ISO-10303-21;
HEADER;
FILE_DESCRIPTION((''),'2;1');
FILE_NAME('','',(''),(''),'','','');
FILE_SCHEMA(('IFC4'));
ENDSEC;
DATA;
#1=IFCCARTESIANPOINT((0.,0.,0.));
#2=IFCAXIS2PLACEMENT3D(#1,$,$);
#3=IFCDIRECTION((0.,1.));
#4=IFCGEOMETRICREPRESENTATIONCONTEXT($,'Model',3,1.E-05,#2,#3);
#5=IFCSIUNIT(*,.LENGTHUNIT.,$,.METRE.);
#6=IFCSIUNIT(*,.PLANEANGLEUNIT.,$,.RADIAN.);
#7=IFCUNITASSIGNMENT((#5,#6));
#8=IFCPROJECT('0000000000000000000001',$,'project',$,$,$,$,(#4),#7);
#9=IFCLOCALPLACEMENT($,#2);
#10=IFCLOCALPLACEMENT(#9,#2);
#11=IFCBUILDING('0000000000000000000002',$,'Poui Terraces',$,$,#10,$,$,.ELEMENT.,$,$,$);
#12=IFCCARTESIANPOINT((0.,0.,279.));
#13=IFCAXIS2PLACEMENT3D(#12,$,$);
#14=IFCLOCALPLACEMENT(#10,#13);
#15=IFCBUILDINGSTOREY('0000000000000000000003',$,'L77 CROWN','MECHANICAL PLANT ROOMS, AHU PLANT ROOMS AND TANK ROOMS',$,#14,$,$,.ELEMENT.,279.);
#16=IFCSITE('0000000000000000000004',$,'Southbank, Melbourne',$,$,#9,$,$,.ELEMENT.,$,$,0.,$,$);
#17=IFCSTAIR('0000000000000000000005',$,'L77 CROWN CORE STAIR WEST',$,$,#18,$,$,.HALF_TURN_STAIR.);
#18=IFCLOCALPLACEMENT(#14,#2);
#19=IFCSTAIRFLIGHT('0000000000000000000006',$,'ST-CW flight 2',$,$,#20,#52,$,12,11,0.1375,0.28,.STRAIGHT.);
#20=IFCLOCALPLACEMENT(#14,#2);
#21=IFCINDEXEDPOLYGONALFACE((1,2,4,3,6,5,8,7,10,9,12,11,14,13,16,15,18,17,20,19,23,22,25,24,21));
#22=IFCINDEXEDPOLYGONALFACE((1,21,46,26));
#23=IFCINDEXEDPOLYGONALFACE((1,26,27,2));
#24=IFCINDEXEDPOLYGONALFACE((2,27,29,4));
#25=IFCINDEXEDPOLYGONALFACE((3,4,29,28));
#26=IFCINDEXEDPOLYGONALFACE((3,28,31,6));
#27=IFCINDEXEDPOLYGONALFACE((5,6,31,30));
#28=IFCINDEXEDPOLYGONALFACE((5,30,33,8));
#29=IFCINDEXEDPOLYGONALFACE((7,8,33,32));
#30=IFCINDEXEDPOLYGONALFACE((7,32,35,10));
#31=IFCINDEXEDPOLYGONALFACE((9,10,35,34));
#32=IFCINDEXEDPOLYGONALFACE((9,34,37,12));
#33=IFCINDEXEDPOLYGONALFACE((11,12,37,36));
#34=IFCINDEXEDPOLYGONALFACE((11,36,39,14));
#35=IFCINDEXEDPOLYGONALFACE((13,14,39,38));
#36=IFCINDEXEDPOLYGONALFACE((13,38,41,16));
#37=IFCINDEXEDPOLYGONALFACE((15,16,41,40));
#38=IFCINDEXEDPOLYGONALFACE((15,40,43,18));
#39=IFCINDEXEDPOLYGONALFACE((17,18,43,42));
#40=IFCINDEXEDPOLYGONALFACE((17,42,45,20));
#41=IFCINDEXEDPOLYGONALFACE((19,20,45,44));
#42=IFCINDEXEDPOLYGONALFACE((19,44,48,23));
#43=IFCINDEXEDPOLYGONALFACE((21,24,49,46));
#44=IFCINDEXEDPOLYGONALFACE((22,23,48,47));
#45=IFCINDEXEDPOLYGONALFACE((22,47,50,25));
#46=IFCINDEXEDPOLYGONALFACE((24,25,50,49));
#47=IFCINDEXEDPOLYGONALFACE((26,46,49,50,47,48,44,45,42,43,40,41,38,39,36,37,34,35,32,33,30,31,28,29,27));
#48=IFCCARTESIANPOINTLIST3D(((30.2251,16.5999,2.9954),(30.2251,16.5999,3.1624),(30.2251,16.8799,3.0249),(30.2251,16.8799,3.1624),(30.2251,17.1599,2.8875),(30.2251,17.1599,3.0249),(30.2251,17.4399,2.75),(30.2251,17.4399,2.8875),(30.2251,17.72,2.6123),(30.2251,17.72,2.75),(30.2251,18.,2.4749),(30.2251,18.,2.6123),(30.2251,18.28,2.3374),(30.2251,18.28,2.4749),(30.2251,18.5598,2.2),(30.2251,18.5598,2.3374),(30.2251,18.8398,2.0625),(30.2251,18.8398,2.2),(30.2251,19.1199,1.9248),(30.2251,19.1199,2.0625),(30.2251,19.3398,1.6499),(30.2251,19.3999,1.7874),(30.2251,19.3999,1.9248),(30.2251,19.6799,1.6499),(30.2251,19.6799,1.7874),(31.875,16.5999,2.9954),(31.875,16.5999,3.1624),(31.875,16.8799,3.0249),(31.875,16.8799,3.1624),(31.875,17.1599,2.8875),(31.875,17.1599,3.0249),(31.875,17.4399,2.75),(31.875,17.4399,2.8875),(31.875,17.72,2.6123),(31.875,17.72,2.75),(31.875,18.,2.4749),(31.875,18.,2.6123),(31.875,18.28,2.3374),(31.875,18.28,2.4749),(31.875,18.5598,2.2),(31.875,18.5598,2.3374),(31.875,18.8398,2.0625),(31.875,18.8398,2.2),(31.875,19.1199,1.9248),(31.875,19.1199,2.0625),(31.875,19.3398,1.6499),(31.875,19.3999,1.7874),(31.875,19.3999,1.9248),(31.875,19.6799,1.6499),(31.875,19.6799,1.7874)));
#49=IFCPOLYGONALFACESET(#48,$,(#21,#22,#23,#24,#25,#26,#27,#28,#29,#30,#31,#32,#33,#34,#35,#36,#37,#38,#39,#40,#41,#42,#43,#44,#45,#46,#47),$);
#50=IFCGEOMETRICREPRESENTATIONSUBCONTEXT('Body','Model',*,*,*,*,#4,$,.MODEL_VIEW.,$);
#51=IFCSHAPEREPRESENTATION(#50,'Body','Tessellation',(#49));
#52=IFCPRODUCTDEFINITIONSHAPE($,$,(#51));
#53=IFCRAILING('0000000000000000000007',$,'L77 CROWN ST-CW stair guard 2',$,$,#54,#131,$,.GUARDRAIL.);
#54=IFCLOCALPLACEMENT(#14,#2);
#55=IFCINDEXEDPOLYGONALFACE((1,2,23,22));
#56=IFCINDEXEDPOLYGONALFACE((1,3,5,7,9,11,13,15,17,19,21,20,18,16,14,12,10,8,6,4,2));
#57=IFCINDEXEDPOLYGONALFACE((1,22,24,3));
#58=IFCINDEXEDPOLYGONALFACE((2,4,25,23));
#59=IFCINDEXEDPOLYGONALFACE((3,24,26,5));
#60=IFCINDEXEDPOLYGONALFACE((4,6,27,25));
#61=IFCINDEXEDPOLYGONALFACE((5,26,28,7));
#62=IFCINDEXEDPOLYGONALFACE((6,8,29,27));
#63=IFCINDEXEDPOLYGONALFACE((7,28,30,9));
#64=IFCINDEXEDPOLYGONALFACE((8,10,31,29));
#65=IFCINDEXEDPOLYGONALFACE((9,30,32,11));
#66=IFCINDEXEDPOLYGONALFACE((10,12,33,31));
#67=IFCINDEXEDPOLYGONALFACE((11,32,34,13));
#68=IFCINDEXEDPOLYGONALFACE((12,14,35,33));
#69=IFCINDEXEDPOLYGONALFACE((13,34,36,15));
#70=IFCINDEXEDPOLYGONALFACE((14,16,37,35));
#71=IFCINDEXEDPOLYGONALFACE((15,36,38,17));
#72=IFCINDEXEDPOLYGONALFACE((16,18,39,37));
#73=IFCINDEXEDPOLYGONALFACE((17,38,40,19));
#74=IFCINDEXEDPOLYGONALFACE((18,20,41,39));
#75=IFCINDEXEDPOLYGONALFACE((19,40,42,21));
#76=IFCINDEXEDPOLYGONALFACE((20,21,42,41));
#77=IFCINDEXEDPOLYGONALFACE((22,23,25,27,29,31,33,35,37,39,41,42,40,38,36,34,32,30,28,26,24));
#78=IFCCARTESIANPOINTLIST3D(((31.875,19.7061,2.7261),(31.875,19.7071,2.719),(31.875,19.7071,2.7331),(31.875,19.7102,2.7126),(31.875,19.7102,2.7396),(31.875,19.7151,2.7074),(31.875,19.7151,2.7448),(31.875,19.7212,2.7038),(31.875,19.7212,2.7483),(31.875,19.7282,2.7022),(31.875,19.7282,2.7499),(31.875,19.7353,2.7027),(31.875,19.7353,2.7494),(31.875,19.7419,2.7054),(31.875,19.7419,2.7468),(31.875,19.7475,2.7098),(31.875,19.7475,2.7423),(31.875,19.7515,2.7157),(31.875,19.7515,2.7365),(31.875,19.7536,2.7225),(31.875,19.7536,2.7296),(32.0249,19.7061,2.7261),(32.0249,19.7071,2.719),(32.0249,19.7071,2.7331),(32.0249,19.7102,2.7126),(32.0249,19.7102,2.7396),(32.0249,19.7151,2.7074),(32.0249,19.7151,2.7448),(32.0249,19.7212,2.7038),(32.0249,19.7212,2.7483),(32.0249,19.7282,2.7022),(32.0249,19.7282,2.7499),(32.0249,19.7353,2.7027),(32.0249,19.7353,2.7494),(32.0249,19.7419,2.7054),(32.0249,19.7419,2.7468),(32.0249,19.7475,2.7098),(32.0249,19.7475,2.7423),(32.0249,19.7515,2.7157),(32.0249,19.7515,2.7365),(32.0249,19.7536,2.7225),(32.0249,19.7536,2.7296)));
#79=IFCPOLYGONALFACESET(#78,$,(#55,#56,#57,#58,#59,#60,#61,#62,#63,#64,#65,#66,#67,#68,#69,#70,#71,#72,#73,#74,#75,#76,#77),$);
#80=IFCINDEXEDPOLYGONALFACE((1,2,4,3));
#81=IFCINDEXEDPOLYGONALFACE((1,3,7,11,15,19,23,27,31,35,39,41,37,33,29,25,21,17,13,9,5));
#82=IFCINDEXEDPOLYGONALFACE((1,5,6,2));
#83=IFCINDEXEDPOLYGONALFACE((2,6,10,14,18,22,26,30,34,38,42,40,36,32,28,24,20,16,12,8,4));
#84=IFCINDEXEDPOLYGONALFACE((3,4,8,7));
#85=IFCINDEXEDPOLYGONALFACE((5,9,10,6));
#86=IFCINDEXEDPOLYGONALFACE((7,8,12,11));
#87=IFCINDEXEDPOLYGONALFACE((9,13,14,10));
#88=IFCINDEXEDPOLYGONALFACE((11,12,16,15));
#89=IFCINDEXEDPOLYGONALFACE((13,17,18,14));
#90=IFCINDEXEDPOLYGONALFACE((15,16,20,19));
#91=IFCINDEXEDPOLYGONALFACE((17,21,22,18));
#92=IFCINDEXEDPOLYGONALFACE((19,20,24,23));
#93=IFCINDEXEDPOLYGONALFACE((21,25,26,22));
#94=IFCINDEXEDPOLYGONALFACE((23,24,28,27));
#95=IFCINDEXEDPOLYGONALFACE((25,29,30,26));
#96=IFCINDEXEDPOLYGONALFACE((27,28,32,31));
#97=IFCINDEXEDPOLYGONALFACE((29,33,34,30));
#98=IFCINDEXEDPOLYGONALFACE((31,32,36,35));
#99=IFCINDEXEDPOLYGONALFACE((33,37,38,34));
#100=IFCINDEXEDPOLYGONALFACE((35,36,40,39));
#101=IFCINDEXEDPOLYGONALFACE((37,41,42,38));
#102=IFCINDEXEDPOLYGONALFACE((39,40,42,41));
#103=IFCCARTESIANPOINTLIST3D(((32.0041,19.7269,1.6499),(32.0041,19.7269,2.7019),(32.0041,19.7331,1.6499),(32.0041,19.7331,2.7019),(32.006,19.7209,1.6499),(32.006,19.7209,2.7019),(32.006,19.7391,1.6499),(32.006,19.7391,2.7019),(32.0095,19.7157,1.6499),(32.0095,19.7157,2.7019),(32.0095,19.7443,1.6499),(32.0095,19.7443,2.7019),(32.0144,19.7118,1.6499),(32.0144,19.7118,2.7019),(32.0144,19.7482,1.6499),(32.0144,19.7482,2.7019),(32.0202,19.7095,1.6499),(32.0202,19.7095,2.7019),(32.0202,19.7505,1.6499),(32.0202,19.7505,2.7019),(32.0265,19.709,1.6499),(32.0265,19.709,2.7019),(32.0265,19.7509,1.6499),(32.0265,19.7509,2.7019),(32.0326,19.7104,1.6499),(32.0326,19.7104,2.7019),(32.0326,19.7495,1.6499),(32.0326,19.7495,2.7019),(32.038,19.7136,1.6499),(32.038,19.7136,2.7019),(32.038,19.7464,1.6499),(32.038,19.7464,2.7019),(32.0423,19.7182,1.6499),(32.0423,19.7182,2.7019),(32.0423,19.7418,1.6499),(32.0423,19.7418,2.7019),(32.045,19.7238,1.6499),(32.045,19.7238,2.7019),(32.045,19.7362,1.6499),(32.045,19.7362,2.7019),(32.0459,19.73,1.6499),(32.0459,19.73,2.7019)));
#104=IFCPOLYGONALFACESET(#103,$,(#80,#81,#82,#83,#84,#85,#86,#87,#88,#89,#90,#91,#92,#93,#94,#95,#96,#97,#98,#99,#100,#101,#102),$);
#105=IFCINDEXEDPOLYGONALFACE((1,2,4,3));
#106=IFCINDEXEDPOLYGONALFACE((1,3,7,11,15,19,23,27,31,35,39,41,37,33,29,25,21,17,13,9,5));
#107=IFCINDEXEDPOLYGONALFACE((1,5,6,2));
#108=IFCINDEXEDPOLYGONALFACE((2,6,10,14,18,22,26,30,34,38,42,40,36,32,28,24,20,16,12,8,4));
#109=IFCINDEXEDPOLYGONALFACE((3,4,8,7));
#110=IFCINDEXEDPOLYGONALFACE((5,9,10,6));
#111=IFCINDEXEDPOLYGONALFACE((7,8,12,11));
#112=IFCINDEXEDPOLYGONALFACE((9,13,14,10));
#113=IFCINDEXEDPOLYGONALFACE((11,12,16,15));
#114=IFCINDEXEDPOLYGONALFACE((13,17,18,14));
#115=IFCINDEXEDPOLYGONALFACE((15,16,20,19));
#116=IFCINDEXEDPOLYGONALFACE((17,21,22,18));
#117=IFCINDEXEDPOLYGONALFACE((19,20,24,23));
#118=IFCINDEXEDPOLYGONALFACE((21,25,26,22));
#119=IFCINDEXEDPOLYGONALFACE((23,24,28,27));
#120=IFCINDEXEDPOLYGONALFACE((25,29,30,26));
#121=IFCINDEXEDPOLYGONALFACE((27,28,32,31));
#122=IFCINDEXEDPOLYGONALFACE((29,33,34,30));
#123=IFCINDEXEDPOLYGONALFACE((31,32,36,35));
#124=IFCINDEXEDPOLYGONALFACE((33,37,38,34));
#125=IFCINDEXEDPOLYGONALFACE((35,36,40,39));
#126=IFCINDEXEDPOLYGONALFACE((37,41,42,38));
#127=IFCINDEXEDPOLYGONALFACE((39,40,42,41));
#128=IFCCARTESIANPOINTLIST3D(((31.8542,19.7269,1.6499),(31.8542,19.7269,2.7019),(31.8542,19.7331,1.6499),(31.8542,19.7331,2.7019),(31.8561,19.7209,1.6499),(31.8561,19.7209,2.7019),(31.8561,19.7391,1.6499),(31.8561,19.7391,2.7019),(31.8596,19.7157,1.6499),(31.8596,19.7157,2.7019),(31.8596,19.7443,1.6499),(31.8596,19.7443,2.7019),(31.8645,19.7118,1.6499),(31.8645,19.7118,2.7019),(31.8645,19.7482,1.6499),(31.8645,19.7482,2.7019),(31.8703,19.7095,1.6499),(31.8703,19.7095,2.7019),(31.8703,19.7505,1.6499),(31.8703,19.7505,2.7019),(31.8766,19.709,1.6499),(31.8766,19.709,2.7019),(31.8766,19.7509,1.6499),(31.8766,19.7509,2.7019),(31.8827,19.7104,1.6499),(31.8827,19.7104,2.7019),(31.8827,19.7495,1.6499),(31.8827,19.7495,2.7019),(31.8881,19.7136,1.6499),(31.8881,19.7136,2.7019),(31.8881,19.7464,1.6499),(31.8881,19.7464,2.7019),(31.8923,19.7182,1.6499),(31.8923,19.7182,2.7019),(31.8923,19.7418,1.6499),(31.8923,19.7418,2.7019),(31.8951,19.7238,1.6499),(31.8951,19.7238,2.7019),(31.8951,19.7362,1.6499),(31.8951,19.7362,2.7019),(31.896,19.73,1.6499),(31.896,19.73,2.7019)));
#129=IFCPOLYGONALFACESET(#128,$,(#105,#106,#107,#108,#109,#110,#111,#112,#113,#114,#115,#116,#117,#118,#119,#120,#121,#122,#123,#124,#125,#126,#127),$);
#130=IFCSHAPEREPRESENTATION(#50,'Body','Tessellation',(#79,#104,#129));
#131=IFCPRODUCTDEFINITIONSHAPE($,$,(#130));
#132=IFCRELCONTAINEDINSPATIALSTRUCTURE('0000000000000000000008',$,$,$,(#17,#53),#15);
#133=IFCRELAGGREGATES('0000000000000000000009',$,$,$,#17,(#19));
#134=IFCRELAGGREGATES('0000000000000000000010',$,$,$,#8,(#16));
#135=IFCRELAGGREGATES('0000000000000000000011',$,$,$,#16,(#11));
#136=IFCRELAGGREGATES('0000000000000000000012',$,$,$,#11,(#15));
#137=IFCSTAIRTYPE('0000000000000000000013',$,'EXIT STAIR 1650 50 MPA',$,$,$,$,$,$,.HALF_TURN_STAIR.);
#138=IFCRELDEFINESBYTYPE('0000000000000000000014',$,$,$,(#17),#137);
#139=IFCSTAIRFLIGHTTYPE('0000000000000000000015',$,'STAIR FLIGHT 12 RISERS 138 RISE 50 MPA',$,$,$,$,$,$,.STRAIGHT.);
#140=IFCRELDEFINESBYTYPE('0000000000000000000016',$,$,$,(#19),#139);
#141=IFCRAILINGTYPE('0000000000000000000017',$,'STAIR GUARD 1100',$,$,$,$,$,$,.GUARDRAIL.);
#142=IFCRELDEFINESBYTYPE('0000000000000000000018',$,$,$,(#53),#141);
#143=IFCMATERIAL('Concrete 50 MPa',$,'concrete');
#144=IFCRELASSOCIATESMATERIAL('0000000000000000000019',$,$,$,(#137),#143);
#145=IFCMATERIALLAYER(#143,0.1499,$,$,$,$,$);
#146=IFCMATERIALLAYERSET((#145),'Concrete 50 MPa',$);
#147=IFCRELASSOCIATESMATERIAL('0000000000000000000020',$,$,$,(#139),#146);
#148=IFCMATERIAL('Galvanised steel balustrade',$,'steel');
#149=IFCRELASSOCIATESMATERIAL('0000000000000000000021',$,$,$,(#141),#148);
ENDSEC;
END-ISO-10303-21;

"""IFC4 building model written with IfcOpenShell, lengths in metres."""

from ifc_helpers import new_model, si_unit, direction, frame, origin, origin_2d, place, context, subcontext, project, spatial, polyline, circle, outline, extrude, material, layer, layer_set, type_object, element, aggregate, save


model = new_model("IFC4")

# Units and contexts
model_context = context("Model", 3, precision=1e-05, world=origin(), true_north=direction((0.0, 1.0)))
body_context = subcontext(model_context, "Body", "Model", "MODEL_VIEW")
ifc_project = project(units=[si_unit("LENGTHUNIT", "METRE"), si_unit("PLANEANGLEUNIT", "RADIAN")], contexts=[model_context])

# Site, building, storey
site_placement = place(None, origin())
site = spatial("IfcSite", under=ifc_project, at=site_placement, Name="Southbank, Melbourne", CompositionType="ELEMENT", RefElevation=0.0)
building_placement = place(site_placement, origin())
building = spatial("IfcBuilding", under=site, at=building_placement, Name="Poui Terraces", CompositionType="ELEMENT")
storey_placement = place(building_placement, frame((0.0, 0.0, 279.0)))
storey = spatial("IfcBuildingStorey", under=building, at=storey_placement, Name="L77 CROWN", Description="MECHANICAL PLANT ROOMS, AHU PLANT ROOMS AND TANK ROOMS", CompositionType="ELEMENT", Elevation=279.0)

# Shared definitions
ifc_material_1 = material(Name="Concrete 50 MPa", Category="concrete")

# Stair, stair flight
stair_type = type_object("IfcStairType", Name="EXIT STAIR 1650 50 MPA", PredefinedType="HALF_TURN_STAIR", material=ifc_material_1)
stair_placement = place(storey_placement, origin())
stair = element("IfcStair", 1, at=stair_placement, inside=storey, type_object=stair_type, Name="L77 CROWN CORE STAIR WEST", PredefinedType="HALF_TURN_STAIR")
ifc_layer_1 = layer(ifc_material_1, 0.1499)
ifc_layer_set_1 = layer_set([ifc_layer_1], Name="Concrete 50 MPa")
stair_flight_type = type_object("IfcStairFlightType", Name="STAIR FLIGHT 12 RISERS 138 RISE 50 MPA", PredefinedType="STRAIGHT", material=ifc_layer_set_1)
stair_flight_placement = place(storey_placement, frame((31.05, 19.6799, 1.6499), z_axis=(0.0, 0.0, 1.0), x_axis=(0.0, -1.0, 0.0)))
stair_flight = element("IfcStairFlight", 2, at=stair_flight_placement, type_object=stair_flight_type, Name="ST-CW flight 2", NumberOfRisers=12, NumberOfTreads=11, PredefinedType="STRAIGHT", RiserHeight=0.1375, TreadLength=0.28, context=body_context, shape_type="SweptSolid", body=[
    extrude(outline(polyline([(0.0, 0.0), (0.0, 0.1375), (0.28, 0.1375), (0.28, 0.2749), (0.5601, 0.2749), (0.5601, 0.4126), (0.8401, 0.4126), (0.8401, 0.55), (1.1201, 0.55), (1.1201, 0.6875), (1.3999, 0.6875), (1.3999, 0.825), (1.6799, 0.825), (1.6799, 0.9624), (1.96, 0.9624), (1.96, 1.1001), (2.24, 1.1001), (2.24, 1.2375), (2.52, 1.2375), (2.52, 1.375), (2.8, 1.375), (2.8, 1.5125), (3.0801, 1.5125), (3.0801, 1.6499), (3.0801, 1.3455), (0.3401, 0.0), (0.0, 0.0)])), frame((0.0, 0.825, 0.0), z_axis=(0.0, -1.0, 0.0), x_axis=(1.0, 0.0, 0.0)), (0.0, 0.0, 1.0), 1.6499),
])
aggregate(stair, [stair_flight])

# Railing
ifc_material_2 = material(Name="Galvanised steel balustrade", Category="steel")
railing_type_1 = type_object("IfcRailingType", Name="STAIR GUARD 1100", PredefinedType="GUARDRAIL", material=ifc_material_2)
railing_1_placement = place(storey_placement, frame((32.0249, 19.73, 1.6499)))
element("IfcRailing", 3, at=railing_1_placement, inside=storey, type_object=railing_type_1, Name="L77 CROWN ST-CW stair guard 2", PredefinedType="GUARDRAIL", context=body_context, shape_type="SweptSolid", body=[
    extrude(circle(Radius=0.0239, at=origin_2d()), frame((0.0, 0.0, 1.0762), z_axis=(-1.0, 0.0, 0.0), x_axis=(0.0, -1.0, 0.0)), (0.0, 0.0, 1.0), 0.1499),
    extrude(circle(Radius=0.021, at=origin_2d()), origin(), (0.0, 0.0, 1.0), 1.052),
    extrude(circle(Radius=0.021, at=origin_2d()), frame((-0.1499, 0.0, 0.0)), (0.0, 0.0, 1.0), 1.052),
])

save(model, "model.ifc")
